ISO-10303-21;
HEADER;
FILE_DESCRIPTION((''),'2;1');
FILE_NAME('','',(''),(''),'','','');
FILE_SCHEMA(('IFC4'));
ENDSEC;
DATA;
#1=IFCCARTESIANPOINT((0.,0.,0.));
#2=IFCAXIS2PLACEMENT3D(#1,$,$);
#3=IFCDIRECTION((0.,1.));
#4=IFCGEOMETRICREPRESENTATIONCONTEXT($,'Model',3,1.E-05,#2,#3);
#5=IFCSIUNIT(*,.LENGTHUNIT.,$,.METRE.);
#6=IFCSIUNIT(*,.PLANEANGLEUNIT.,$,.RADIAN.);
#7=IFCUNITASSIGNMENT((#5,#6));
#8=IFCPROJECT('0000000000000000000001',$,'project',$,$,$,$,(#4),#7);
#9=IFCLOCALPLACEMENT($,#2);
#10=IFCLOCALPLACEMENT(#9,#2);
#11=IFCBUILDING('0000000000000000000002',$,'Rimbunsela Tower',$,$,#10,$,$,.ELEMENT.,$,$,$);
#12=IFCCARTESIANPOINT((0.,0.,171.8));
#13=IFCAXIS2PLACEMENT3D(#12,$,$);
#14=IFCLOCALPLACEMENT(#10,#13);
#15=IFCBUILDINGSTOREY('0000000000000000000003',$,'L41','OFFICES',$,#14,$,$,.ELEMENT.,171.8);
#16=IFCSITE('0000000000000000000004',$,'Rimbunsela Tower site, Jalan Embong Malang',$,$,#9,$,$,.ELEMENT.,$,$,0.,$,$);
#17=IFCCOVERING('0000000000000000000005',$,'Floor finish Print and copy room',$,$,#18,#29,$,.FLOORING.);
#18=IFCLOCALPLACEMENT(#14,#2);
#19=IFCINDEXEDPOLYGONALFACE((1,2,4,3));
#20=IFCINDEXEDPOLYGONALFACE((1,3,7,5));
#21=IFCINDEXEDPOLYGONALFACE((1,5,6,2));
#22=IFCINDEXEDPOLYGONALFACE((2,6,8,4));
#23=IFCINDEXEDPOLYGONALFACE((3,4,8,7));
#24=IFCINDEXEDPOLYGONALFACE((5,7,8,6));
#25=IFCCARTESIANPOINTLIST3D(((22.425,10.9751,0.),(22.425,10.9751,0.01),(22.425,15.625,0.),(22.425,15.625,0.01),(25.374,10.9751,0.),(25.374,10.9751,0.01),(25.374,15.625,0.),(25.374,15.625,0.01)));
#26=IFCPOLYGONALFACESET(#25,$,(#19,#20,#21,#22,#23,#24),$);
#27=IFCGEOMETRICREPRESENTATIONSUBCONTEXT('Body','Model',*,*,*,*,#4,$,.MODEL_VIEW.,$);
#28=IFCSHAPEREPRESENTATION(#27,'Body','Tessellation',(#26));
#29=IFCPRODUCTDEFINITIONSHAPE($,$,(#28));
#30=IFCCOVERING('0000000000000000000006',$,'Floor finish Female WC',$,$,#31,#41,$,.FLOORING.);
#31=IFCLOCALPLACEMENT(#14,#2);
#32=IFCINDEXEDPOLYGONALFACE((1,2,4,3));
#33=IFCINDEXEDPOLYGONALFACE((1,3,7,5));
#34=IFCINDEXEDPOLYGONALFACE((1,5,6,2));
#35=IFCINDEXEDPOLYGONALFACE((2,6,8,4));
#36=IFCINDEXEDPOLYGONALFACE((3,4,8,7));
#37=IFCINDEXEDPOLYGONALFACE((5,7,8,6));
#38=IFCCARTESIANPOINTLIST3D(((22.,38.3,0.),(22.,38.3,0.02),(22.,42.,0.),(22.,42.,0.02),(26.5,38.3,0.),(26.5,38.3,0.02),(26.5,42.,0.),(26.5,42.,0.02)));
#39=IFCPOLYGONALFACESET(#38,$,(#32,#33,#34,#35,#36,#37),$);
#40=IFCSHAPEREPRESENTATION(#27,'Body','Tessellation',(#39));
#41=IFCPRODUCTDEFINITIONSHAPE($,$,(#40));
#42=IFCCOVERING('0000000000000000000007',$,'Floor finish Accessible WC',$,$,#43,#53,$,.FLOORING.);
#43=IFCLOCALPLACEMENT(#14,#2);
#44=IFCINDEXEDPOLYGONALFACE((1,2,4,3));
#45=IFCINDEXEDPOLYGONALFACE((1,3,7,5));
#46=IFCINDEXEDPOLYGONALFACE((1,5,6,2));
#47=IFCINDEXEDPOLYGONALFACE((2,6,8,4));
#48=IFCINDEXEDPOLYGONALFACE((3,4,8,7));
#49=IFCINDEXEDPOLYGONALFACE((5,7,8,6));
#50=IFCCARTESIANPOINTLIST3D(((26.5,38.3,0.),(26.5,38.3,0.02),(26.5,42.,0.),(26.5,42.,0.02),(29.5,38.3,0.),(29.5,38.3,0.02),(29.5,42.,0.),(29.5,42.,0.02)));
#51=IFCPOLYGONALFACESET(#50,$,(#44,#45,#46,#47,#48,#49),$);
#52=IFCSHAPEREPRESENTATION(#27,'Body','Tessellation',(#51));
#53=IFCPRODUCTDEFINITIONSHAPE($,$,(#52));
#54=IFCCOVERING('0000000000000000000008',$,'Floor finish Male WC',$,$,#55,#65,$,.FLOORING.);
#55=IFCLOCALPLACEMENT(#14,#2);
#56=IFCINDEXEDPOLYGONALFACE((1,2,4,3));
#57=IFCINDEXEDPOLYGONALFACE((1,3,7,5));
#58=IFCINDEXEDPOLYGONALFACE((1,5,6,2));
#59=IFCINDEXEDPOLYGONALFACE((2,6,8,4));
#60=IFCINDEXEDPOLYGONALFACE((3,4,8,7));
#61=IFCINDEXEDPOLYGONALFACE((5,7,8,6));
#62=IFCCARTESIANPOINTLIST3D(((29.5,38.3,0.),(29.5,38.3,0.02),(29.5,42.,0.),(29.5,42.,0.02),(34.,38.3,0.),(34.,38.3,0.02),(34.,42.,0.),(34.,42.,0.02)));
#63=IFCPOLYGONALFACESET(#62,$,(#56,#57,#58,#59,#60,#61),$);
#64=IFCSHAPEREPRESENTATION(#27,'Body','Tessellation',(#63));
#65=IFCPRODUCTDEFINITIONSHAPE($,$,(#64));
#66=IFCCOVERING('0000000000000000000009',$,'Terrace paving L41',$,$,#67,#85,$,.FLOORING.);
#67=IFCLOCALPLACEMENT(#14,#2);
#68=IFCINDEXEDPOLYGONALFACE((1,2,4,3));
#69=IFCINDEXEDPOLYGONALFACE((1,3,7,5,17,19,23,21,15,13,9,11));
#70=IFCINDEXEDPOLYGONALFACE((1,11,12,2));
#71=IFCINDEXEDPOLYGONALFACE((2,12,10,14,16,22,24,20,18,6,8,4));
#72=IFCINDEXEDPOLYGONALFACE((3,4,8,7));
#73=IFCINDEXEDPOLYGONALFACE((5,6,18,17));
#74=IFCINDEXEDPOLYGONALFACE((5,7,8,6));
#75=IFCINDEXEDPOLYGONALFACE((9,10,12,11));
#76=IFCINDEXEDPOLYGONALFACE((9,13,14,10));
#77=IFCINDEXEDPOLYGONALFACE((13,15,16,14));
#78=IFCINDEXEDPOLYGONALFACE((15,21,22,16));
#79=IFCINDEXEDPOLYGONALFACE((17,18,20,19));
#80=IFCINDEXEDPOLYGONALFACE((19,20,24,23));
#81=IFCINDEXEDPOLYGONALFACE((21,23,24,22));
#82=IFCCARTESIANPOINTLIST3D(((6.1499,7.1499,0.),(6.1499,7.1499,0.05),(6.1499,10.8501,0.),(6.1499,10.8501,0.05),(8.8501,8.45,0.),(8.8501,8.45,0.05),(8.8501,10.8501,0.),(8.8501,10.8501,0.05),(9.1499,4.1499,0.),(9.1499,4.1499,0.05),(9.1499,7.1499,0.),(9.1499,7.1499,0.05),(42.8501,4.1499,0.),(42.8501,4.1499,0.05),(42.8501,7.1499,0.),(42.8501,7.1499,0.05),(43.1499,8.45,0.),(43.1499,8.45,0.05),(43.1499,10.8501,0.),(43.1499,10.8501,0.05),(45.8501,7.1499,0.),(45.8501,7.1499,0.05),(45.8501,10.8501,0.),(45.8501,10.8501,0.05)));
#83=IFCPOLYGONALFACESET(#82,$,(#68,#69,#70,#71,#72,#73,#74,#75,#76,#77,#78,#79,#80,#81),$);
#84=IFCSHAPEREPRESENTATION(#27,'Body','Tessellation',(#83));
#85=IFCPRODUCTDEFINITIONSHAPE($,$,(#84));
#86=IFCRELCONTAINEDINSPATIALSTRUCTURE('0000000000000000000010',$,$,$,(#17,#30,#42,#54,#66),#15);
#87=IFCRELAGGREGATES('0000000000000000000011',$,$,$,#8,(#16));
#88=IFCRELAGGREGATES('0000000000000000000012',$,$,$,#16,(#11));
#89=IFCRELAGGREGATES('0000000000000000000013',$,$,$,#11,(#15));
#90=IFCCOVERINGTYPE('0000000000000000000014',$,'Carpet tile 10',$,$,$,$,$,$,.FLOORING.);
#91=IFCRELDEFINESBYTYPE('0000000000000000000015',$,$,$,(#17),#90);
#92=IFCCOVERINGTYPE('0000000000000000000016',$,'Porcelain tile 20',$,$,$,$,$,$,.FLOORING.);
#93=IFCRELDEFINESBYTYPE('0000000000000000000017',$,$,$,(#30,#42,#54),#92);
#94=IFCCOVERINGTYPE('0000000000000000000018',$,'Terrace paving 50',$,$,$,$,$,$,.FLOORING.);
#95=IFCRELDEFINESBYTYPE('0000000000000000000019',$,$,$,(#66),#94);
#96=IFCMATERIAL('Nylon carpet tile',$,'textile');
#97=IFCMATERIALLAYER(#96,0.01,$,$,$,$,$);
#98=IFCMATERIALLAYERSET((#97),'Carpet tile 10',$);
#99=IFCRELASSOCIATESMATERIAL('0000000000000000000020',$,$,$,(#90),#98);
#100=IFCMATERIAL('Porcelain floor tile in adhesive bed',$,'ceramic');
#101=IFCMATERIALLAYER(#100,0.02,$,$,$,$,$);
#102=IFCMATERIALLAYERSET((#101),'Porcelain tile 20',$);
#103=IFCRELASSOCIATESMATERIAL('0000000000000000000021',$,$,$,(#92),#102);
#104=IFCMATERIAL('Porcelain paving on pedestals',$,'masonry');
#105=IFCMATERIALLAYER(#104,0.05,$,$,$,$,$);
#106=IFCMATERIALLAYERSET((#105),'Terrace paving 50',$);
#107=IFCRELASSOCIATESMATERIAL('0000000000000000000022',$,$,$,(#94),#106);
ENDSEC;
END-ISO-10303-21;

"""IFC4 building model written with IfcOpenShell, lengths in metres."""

from ifc_helpers import new_model, si_unit, direction, frame, origin, place, context, subcontext, project, spatial, polyline, outline, extrude, material, layer, layer_set, type_object, element, save


model = new_model("IFC4")

# Units and contexts
model_context = context("Model", 3, precision=1e-05, world=origin(), true_north=direction((0.0, 1.0)))
body_context = subcontext(model_context, "Body", "Model", "MODEL_VIEW")
ifc_project = project(units=[si_unit("LENGTHUNIT", "METRE"), si_unit("PLANEANGLEUNIT", "RADIAN")], contexts=[model_context])

# Site, building, storey
site_placement = place(None, origin())
site = spatial("IfcSite", under=ifc_project, at=site_placement, Name="Rimbunsela Tower site, Jalan Embong Malang", CompositionType="ELEMENT", RefElevation=0.0)
building_placement = place(site_placement, origin())
building = spatial("IfcBuilding", under=site, at=building_placement, Name="Rimbunsela Tower", CompositionType="ELEMENT")
storey_placement = place(building_placement, frame((0.0, 0.0, 171.8)))
storey = spatial("IfcBuildingStorey", under=building, at=storey_placement, Name="L41", Description="OFFICES", CompositionType="ELEMENT", Elevation=171.8)

# Coverings
ifc_material_1 = material(Name="Nylon carpet tile", Category="textile")
ifc_layer_1 = layer(ifc_material_1, 0.01)
ifc_layer_set_1 = layer_set([ifc_layer_1], Name="Carpet tile 10")
covering_type_1 = type_object("IfcCoveringType", Name="Carpet tile 10", PredefinedType="FLOORING", material=ifc_layer_set_1)
covering_1_placement = place(storey_placement, origin())
element("IfcCovering", 1, at=covering_1_placement, inside=storey, type_object=covering_type_1, Name="Floor finish Print and copy room", PredefinedType="FLOORING", context=body_context, shape_type="SweptSolid", body=[
    extrude(outline(polyline([(25.374, 10.9751), (25.374, 15.625), (22.425, 15.625), (22.425, 10.9751), (25.374, 10.9751)])), origin(), (0.0, 0.0, 1.0), 0.01),
])
ifc_material_2 = material(Name="Porcelain floor tile in adhesive bed", Category="ceramic")
ifc_layer_2 = layer(ifc_material_2, 0.02)
ifc_layer_set_2 = layer_set([ifc_layer_2], Name="Porcelain tile 20")
covering_type_2 = type_object("IfcCoveringType", Name="Porcelain tile 20", PredefinedType="FLOORING", material=ifc_layer_set_2)
covering_2_placement = place(storey_placement, origin())
element("IfcCovering", 2, at=covering_2_placement, inside=storey, type_object=covering_type_2, Name="Floor finish Female WC", PredefinedType="FLOORING", context=body_context, shape_type="SweptSolid", body=[
    extrude(outline(polyline([(26.5, 38.3), (26.5, 42.0), (22.0, 42.0), (22.0, 38.3), (26.5, 38.3)])), origin(), (0.0, 0.0, 1.0), 0.02),
])
covering_3_placement = place(storey_placement, origin())
element("IfcCovering", 3, at=covering_3_placement, inside=storey, type_object=covering_type_2, Name="Floor finish Accessible WC", PredefinedType="FLOORING", context=body_context, shape_type="SweptSolid", body=[
    extrude(outline(polyline([(29.5, 38.3), (29.5, 42.0), (26.5, 42.0), (26.5, 38.3), (29.5, 38.3)])), origin(), (0.0, 0.0, 1.0), 0.02),
])
covering_4_placement = place(storey_placement, origin())
element("IfcCovering", 4, at=covering_4_placement, inside=storey, type_object=covering_type_2, Name="Floor finish Male WC", PredefinedType="FLOORING", context=body_context, shape_type="SweptSolid", body=[
    extrude(outline(polyline([(34.0, 38.3), (34.0, 42.0), (29.5, 42.0), (29.5, 38.3), (34.0, 38.3)])), origin(), (0.0, 0.0, 1.0), 0.02),
])
ifc_material_3 = material(Name="Porcelain paving on pedestals", Category="masonry")
ifc_layer_3 = layer(ifc_material_3, 0.05)
ifc_layer_set_3 = layer_set([ifc_layer_3], Name="Terrace paving 50")
covering_type_3 = type_object("IfcCoveringType", Name="Terrace paving 50", PredefinedType="FLOORING", material=ifc_layer_set_3)
covering_5_placement = place(storey_placement, origin())
element("IfcCovering", 5, at=covering_5_placement, inside=storey, type_object=covering_type_3, Name="Terrace paving L41", PredefinedType="FLOORING", context=body_context, shape_type="SweptSolid", body=[
    extrude(outline(polyline([(45.8501, 7.1499), (42.8501, 7.1499), (42.8501, 4.1499), (9.1499, 4.1499), (9.1499, 7.1499), (6.1499, 7.1499), (6.1499, 10.8501), (8.8501, 10.8501), (8.8501, 8.45), (43.1499, 8.45), (43.1499, 10.8501), (45.8501, 10.8501), (45.8501, 7.1499)])), origin(), (0.0, 0.0, 1.0), 0.05),
])

save(model, "model.ifc")
